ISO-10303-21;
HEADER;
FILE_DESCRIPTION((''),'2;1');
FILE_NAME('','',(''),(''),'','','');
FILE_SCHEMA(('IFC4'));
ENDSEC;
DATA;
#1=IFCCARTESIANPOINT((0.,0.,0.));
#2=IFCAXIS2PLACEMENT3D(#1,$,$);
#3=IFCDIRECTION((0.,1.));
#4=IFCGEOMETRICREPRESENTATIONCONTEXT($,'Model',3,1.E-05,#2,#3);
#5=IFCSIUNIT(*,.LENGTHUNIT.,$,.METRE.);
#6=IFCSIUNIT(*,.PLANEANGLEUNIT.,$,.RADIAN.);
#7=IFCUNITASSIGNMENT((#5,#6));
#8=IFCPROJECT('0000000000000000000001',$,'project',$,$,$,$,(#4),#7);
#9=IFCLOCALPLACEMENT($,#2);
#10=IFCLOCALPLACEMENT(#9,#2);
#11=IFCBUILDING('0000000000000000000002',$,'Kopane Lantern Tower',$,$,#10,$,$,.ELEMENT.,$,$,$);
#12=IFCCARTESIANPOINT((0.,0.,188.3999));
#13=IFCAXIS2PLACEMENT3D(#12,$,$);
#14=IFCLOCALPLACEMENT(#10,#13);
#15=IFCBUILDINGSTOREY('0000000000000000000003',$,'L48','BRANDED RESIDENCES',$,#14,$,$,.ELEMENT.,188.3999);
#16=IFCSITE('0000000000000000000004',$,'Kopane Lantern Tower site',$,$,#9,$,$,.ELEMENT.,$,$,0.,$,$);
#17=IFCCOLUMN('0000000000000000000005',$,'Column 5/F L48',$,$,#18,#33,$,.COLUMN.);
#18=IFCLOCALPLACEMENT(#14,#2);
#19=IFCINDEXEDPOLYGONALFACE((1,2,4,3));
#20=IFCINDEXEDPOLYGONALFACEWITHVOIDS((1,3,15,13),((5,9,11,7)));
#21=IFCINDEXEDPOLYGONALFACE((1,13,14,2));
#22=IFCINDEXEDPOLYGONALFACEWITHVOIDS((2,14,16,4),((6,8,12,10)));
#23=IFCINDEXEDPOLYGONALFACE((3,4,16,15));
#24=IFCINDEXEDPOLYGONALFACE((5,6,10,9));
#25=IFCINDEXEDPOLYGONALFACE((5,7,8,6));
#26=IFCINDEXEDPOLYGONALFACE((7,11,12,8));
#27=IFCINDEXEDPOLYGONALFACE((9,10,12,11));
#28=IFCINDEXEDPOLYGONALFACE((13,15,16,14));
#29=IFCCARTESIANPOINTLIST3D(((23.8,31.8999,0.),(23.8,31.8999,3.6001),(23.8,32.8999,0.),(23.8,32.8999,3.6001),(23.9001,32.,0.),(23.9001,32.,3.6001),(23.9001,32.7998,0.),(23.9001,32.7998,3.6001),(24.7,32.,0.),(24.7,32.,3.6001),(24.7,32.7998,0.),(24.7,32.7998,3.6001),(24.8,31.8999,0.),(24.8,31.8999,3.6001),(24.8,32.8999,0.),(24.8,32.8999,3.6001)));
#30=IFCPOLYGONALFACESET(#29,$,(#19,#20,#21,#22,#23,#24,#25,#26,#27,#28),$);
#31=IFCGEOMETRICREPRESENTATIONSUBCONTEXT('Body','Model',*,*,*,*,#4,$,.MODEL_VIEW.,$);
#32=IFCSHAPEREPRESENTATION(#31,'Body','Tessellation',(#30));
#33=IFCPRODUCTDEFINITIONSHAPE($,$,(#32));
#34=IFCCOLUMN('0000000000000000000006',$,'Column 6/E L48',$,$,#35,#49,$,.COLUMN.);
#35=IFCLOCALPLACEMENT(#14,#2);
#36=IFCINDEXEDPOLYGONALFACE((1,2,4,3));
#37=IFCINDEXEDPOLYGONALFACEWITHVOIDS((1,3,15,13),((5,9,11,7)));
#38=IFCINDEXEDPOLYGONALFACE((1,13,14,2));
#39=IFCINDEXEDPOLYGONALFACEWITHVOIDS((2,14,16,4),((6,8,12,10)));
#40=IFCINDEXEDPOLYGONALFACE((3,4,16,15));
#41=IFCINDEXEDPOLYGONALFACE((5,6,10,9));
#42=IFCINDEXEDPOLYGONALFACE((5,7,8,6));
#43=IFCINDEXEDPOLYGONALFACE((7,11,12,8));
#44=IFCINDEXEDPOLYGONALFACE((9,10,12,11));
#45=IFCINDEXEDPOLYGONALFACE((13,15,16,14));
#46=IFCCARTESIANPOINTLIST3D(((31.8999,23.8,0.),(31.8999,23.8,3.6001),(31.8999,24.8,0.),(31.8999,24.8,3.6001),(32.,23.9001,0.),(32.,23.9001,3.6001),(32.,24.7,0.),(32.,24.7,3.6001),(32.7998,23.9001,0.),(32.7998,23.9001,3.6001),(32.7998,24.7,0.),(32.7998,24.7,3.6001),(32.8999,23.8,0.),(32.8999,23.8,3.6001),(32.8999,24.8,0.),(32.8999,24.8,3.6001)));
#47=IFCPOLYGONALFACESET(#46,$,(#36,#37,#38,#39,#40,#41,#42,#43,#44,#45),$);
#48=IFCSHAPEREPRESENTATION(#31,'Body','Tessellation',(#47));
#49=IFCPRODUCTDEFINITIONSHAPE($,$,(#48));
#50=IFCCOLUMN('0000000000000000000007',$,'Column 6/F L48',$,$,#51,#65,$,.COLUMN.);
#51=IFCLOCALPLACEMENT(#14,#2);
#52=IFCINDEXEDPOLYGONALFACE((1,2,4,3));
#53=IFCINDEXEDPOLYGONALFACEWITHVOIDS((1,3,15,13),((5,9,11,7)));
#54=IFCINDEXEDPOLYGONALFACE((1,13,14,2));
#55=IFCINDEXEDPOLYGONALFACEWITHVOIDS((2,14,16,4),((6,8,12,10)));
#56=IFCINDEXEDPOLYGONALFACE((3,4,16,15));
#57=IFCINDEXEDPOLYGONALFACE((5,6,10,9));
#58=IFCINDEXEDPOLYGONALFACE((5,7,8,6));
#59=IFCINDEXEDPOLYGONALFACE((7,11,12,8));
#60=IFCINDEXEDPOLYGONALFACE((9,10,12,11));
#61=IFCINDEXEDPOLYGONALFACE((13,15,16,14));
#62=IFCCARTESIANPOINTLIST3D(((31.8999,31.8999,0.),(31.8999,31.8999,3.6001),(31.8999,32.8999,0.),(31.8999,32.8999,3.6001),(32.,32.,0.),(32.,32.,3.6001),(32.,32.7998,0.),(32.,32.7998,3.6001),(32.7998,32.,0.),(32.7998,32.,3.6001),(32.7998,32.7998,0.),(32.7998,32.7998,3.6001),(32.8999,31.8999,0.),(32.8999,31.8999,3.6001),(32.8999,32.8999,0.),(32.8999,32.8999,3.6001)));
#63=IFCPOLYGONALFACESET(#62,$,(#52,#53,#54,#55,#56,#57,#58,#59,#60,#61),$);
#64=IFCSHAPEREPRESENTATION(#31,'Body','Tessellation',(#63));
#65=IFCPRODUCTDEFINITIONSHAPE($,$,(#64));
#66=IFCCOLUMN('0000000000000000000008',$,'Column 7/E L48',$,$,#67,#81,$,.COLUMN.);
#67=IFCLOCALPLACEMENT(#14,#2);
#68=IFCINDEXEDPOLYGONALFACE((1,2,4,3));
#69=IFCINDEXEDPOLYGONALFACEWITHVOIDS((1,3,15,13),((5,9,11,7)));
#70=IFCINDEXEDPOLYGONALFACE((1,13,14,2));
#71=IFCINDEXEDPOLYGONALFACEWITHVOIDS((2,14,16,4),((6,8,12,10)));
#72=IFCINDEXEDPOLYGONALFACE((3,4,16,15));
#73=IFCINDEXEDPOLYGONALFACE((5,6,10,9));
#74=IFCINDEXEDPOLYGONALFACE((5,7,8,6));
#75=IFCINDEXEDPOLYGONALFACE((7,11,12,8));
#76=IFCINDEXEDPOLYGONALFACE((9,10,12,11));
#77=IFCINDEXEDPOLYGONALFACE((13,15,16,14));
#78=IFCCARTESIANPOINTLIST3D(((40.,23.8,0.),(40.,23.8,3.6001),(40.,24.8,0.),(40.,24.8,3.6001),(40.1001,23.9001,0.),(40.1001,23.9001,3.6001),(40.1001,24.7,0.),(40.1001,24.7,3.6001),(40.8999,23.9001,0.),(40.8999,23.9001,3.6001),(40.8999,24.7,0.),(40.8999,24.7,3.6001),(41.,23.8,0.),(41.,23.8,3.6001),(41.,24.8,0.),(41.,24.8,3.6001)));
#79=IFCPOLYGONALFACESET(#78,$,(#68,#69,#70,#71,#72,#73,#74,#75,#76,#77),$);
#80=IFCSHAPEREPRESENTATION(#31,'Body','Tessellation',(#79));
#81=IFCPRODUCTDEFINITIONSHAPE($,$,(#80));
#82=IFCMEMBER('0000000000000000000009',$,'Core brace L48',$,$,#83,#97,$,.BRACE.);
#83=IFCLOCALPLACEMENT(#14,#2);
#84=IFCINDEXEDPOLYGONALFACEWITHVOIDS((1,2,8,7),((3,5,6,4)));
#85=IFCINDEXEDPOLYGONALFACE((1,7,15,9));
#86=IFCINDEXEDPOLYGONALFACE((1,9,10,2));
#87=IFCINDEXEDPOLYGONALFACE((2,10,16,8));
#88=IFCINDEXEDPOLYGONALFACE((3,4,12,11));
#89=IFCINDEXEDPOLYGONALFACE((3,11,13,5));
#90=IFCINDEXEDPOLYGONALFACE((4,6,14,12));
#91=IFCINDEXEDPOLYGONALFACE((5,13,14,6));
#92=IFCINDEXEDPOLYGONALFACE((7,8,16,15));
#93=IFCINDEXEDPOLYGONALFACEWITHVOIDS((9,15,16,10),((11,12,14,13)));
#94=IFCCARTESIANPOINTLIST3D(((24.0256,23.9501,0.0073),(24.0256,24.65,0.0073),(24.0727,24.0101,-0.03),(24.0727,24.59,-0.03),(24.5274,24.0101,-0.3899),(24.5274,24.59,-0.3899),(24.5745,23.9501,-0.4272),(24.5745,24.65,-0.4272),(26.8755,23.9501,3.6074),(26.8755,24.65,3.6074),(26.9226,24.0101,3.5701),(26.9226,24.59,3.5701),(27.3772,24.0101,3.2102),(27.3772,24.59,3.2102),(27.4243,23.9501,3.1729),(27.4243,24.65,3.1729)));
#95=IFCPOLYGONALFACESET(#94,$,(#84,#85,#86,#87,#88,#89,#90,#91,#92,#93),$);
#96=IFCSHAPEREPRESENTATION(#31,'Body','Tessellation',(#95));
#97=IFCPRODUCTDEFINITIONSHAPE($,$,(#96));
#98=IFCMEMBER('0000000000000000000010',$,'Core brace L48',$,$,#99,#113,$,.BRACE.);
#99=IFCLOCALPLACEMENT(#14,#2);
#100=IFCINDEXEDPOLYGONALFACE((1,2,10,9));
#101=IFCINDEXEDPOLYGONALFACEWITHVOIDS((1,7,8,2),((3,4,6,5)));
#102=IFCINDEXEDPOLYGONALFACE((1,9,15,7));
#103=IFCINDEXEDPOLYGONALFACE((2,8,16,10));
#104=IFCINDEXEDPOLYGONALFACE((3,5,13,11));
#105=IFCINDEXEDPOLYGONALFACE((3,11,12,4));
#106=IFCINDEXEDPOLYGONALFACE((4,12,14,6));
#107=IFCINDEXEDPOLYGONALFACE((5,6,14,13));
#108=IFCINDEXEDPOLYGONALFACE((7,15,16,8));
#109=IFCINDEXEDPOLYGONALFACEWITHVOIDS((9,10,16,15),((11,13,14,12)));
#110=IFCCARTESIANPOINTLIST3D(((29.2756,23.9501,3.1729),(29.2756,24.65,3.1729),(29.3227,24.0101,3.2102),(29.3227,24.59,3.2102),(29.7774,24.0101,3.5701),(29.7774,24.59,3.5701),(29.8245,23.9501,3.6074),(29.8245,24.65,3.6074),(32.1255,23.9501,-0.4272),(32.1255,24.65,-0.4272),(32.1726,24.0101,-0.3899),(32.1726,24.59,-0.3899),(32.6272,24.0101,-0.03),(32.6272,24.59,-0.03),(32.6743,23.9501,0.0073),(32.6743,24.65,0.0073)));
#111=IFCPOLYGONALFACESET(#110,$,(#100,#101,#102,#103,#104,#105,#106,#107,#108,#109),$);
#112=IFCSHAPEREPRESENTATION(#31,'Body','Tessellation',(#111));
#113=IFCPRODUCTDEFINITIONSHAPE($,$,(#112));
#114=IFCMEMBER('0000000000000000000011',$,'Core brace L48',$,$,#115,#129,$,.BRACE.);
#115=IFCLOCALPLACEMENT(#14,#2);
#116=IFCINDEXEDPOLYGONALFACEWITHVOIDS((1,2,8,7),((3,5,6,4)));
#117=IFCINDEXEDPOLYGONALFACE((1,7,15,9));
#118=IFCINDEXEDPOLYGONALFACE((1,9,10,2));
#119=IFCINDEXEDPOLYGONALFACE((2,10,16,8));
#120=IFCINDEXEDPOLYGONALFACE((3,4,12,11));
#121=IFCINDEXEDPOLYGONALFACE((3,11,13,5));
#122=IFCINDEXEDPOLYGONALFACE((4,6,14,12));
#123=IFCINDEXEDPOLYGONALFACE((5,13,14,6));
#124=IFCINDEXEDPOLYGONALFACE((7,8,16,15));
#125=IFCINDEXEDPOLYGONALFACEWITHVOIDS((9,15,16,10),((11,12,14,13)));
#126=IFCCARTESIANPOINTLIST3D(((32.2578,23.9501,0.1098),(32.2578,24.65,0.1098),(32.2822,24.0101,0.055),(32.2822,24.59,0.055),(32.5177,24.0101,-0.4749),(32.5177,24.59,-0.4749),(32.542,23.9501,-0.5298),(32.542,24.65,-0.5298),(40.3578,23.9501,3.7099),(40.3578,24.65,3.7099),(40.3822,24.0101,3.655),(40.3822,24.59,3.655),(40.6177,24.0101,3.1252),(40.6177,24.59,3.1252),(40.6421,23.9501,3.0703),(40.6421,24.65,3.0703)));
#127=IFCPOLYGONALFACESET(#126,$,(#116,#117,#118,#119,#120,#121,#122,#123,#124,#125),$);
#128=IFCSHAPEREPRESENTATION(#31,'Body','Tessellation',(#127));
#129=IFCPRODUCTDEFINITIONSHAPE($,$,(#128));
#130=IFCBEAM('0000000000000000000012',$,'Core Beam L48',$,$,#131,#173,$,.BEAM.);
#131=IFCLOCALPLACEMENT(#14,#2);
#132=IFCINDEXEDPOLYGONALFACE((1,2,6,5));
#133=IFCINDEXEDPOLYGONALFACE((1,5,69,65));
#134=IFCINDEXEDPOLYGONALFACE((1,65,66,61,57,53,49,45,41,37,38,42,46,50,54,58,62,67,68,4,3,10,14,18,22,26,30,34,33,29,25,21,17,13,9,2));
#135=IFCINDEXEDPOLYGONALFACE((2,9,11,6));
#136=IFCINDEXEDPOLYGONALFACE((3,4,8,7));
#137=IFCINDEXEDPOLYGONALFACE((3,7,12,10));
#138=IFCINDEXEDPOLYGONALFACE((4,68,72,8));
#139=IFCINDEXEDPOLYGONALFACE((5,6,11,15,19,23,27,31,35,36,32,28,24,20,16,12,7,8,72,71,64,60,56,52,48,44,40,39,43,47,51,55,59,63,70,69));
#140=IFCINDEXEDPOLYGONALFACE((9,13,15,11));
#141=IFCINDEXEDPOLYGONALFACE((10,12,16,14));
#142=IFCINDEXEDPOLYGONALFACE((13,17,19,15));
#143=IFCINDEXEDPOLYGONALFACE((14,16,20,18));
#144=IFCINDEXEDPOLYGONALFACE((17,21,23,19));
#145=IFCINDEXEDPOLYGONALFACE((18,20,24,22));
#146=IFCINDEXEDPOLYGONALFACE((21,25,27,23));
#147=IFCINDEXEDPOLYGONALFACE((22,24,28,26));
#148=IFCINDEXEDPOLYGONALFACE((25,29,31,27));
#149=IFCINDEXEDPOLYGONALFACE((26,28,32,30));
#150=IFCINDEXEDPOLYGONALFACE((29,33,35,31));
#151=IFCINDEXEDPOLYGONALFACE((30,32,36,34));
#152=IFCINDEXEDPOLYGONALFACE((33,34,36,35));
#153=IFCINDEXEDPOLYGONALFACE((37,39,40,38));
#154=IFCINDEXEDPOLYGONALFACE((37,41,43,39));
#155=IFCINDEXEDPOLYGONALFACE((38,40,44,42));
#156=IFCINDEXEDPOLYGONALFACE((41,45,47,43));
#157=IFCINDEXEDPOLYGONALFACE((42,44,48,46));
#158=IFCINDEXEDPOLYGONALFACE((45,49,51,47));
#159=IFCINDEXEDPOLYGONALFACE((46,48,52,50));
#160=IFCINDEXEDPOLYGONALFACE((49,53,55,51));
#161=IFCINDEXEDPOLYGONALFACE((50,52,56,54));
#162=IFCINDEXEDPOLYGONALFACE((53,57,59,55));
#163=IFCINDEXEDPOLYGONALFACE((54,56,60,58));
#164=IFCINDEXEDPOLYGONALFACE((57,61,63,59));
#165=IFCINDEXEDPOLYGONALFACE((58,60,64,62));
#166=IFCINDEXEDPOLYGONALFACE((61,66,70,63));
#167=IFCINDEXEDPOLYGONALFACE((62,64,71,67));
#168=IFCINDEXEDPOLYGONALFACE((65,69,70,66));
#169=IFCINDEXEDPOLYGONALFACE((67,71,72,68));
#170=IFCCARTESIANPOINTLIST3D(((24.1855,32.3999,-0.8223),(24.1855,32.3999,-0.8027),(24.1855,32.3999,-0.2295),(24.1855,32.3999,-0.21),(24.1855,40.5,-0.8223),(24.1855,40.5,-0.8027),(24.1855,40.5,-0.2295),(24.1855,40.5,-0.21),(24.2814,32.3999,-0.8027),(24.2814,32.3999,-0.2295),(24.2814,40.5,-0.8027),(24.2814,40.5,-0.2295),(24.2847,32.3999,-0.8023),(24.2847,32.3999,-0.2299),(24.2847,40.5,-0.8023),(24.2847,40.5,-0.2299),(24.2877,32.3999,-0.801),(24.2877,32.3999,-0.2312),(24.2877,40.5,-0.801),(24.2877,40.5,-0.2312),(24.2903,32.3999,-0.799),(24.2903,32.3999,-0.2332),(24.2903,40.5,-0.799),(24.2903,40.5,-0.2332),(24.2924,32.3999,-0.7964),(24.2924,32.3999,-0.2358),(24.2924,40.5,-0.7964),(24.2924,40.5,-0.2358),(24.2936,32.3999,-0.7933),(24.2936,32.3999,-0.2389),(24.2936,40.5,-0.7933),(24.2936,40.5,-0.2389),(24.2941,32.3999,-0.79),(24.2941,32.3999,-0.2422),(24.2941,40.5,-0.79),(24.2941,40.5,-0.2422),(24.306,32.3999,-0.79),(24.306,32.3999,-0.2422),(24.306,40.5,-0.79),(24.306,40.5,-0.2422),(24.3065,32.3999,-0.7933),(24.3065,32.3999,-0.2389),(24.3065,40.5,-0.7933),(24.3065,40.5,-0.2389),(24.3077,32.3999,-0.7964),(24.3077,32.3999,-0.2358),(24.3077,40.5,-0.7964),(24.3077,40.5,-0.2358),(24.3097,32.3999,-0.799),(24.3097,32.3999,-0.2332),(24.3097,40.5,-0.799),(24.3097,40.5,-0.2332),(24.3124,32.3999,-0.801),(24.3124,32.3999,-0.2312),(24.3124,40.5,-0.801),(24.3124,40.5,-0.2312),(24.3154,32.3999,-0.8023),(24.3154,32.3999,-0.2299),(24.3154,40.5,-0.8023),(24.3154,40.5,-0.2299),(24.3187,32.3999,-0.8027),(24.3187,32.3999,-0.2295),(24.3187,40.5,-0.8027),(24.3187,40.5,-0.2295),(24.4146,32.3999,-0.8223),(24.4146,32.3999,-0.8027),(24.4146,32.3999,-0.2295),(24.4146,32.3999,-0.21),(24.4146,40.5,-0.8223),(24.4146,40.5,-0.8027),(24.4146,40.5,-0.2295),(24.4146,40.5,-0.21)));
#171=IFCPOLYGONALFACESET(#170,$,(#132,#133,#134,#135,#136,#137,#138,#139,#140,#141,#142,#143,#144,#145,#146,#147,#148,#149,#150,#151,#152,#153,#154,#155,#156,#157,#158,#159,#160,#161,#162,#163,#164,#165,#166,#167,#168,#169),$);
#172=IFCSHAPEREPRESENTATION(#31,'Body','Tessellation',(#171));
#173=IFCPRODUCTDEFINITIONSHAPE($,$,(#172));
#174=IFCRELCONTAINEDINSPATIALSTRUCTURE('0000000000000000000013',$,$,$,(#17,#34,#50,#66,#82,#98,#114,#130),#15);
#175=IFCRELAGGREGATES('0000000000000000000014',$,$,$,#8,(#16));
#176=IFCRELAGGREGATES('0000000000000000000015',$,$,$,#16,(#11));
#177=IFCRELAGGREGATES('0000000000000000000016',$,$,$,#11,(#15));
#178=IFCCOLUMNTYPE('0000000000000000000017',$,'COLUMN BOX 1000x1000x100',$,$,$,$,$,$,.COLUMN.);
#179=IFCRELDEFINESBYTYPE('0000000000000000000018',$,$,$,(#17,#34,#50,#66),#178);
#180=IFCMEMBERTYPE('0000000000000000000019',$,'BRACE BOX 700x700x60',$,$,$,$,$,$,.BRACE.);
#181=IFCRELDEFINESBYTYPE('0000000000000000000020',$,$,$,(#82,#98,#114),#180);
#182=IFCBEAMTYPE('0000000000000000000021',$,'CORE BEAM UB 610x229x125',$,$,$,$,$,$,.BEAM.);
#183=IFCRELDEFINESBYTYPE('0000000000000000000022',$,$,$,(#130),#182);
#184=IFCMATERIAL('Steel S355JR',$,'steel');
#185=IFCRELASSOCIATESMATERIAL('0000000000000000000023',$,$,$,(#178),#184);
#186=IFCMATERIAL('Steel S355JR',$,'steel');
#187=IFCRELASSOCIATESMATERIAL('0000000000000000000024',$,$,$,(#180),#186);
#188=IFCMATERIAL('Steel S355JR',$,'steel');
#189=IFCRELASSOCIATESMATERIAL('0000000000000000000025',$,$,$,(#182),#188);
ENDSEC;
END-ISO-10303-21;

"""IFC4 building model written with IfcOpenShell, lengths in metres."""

from ifc_helpers import new_model, si_unit, direction, frame, origin, origin_2d, place, context, subcontext, project, spatial, hollow_rectangle, i_section, extrude, material, material_profile, profile_set, type_object, element, save


model = new_model("IFC4")

# Units and contexts
model_context = context("Model", 3, precision=1e-05, world=origin(), true_north=direction((0.0, 1.0)))
body_context = subcontext(model_context, "Body", "Model", "MODEL_VIEW")
ifc_project = project(units=[si_unit("LENGTHUNIT", "METRE"), si_unit("PLANEANGLEUNIT", "RADIAN")], contexts=[model_context])

# Site, building, storey
site_placement = place(None, origin())
site = spatial("IfcSite", under=ifc_project, at=site_placement, Name="Kopane Lantern Tower site", CompositionType="ELEMENT", RefElevation=0.0)
building_placement = place(site_placement, origin())
building = spatial("IfcBuilding", under=site, at=building_placement, Name="Kopane Lantern Tower", CompositionType="ELEMENT")
storey_placement = place(building_placement, frame((0.0, 0.0, 188.3999)))
storey = spatial("IfcBuildingStorey", under=building, at=storey_placement, Name="L48", Description="BRANDED RESIDENCES", CompositionType="ELEMENT", Elevation=188.3999)

# Columns
ifc_material_1 = material(Name="Steel S355JR", Category="steel")
ifc_material_profile_1 = material_profile(ifc_material_1, hollow_rectangle(XDim=1.0, YDim=1.0, WallThickness=0.1001, at=origin_2d()), Name="BOX 1000x1000x100")
ifc_profile_set_1 = profile_set([ifc_material_profile_1], Name="Steel S355JR")
column_type = type_object("IfcColumnType", Name="COLUMN BOX 1000x1000x100", PredefinedType="COLUMN", material=ifc_profile_set_1)
for number, where, z_axis, x_axis, name in (
    (1, (24.3, 32.3999, 0.0), (0.0, 0.0, 1.0), (1.0, 0.0, 0.0), "Column 5/F L48"),
    (2, (32.3999, 24.3, 0.0), (0.0, 0.0, 1.0), (1.0, 0.0, 0.0), "Column 6/E L48"),
    (3, (32.3999, 32.3999, 0.0), (0.0, 0.0, 1.0), (1.0, 0.0, 0.0), "Column 6/F L48"),
    (4, (40.5, 24.3, 0.0), (0.0, 0.0, 1.0), (1.0, 0.0, 0.0), "Column 7/E L48"),
):
    element("IfcColumn", number, at=place(storey_placement, frame(where, z_axis=z_axis, x_axis=x_axis)), inside=storey, type_object=column_type, Name=name, PredefinedType="COLUMN", context=body_context, shape_type="SweptSolid", body=[
        extrude(hollow_rectangle(XDim=1.0, YDim=1.0, WallThickness=0.1001, at=origin_2d()), origin(), (0.0, 0.0, 1.0), 3.6001),
    ])

# Members
ifc_material_2 = material(Name="Steel S355JR", Category="steel")
ifc_material_profile_2 = material_profile(ifc_material_2, hollow_rectangle(XDim=0.7, YDim=0.7, WallThickness=0.0601, at=origin_2d()), Name="BOX 700x700x60")
ifc_profile_set_2 = profile_set([ifc_material_profile_2], Name="Steel S355JR")
member_type = type_object("IfcMemberType", Name="BRACE BOX 700x700x60", PredefinedType="BRACE", material=ifc_profile_set_2)
for number, where, z_axis, x_axis, name in (
    (5, (24.3, 24.3, -0.21), (0.620673, 0.0, 0.78407), (0.0, 1.0, 0.0), "Core brace L48"),
    (6, (32.3999, 24.3, -0.21), (-0.620673, 0.0, 0.78407), (0.0, -1.0, 0.0), "Core brace L48"),
):
    element("IfcMember", number, at=place(storey_placement, frame(where, z_axis=z_axis, x_axis=x_axis)), inside=storey, type_object=member_type, Name=name, PredefinedType="BRACE", context=body_context, shape_type="SweptSolid", body=[
        extrude(hollow_rectangle(XDim=0.7, YDim=0.7, WallThickness=0.0601, at=origin_2d()), origin(), (0.0, 0.0, 1.0), 4.5916),
    ])
member_placement = place(storey_placement, frame((32.3999, 24.3, -0.21), z_axis=(0.913809, 0.0, 0.406144), x_axis=(0.0, 1.0, 0.0)))
element("IfcMember", 7, at=member_placement, inside=storey, type_object=member_type, Name="Core brace L48", PredefinedType="BRACE", context=body_context, shape_type="SweptSolid", body=[
    extrude(hollow_rectangle(XDim=0.7, YDim=0.7, WallThickness=0.0601, at=origin_2d()), origin(), (0.0, 0.0, 1.0), 8.864),
])

# Beam
ifc_material_3 = material(Name="Steel S355JR", Category="steel")
ifc_material_profile_3 = material_profile(ifc_material_3, i_section(OverallWidth=0.229, OverallDepth=0.6123, WebThickness=0.012, FlangeThickness=0.0195, FilletRadius=0.0127, at=origin_2d()), Name="UB 610x229x125")
ifc_profile_set_3 = profile_set([ifc_material_profile_3], Name="Steel S355JR")
beam_type_1 = type_object("IfcBeamType", Name="CORE BEAM UB 610x229x125", PredefinedType="BEAM", material=ifc_profile_set_3)
beam_1_placement = place(storey_placement, frame((24.3, 32.3999, -0.5161), z_axis=(0.0, 1.0, 0.0), x_axis=(-1.0, 0.0, 0.0)))
element("IfcBeam", 8, at=beam_1_placement, inside=storey, type_object=beam_type_1, Name="Core Beam L48", PredefinedType="BEAM", context=body_context, shape_type="SweptSolid", body=[
    extrude(i_section(OverallWidth=0.229, OverallDepth=0.6123, WebThickness=0.012, FlangeThickness=0.0195, FilletRadius=0.0127, at=origin_2d()), origin(), (0.0, 0.0, 1.0), 8.1001),
])

save(model, "model.ifc")
